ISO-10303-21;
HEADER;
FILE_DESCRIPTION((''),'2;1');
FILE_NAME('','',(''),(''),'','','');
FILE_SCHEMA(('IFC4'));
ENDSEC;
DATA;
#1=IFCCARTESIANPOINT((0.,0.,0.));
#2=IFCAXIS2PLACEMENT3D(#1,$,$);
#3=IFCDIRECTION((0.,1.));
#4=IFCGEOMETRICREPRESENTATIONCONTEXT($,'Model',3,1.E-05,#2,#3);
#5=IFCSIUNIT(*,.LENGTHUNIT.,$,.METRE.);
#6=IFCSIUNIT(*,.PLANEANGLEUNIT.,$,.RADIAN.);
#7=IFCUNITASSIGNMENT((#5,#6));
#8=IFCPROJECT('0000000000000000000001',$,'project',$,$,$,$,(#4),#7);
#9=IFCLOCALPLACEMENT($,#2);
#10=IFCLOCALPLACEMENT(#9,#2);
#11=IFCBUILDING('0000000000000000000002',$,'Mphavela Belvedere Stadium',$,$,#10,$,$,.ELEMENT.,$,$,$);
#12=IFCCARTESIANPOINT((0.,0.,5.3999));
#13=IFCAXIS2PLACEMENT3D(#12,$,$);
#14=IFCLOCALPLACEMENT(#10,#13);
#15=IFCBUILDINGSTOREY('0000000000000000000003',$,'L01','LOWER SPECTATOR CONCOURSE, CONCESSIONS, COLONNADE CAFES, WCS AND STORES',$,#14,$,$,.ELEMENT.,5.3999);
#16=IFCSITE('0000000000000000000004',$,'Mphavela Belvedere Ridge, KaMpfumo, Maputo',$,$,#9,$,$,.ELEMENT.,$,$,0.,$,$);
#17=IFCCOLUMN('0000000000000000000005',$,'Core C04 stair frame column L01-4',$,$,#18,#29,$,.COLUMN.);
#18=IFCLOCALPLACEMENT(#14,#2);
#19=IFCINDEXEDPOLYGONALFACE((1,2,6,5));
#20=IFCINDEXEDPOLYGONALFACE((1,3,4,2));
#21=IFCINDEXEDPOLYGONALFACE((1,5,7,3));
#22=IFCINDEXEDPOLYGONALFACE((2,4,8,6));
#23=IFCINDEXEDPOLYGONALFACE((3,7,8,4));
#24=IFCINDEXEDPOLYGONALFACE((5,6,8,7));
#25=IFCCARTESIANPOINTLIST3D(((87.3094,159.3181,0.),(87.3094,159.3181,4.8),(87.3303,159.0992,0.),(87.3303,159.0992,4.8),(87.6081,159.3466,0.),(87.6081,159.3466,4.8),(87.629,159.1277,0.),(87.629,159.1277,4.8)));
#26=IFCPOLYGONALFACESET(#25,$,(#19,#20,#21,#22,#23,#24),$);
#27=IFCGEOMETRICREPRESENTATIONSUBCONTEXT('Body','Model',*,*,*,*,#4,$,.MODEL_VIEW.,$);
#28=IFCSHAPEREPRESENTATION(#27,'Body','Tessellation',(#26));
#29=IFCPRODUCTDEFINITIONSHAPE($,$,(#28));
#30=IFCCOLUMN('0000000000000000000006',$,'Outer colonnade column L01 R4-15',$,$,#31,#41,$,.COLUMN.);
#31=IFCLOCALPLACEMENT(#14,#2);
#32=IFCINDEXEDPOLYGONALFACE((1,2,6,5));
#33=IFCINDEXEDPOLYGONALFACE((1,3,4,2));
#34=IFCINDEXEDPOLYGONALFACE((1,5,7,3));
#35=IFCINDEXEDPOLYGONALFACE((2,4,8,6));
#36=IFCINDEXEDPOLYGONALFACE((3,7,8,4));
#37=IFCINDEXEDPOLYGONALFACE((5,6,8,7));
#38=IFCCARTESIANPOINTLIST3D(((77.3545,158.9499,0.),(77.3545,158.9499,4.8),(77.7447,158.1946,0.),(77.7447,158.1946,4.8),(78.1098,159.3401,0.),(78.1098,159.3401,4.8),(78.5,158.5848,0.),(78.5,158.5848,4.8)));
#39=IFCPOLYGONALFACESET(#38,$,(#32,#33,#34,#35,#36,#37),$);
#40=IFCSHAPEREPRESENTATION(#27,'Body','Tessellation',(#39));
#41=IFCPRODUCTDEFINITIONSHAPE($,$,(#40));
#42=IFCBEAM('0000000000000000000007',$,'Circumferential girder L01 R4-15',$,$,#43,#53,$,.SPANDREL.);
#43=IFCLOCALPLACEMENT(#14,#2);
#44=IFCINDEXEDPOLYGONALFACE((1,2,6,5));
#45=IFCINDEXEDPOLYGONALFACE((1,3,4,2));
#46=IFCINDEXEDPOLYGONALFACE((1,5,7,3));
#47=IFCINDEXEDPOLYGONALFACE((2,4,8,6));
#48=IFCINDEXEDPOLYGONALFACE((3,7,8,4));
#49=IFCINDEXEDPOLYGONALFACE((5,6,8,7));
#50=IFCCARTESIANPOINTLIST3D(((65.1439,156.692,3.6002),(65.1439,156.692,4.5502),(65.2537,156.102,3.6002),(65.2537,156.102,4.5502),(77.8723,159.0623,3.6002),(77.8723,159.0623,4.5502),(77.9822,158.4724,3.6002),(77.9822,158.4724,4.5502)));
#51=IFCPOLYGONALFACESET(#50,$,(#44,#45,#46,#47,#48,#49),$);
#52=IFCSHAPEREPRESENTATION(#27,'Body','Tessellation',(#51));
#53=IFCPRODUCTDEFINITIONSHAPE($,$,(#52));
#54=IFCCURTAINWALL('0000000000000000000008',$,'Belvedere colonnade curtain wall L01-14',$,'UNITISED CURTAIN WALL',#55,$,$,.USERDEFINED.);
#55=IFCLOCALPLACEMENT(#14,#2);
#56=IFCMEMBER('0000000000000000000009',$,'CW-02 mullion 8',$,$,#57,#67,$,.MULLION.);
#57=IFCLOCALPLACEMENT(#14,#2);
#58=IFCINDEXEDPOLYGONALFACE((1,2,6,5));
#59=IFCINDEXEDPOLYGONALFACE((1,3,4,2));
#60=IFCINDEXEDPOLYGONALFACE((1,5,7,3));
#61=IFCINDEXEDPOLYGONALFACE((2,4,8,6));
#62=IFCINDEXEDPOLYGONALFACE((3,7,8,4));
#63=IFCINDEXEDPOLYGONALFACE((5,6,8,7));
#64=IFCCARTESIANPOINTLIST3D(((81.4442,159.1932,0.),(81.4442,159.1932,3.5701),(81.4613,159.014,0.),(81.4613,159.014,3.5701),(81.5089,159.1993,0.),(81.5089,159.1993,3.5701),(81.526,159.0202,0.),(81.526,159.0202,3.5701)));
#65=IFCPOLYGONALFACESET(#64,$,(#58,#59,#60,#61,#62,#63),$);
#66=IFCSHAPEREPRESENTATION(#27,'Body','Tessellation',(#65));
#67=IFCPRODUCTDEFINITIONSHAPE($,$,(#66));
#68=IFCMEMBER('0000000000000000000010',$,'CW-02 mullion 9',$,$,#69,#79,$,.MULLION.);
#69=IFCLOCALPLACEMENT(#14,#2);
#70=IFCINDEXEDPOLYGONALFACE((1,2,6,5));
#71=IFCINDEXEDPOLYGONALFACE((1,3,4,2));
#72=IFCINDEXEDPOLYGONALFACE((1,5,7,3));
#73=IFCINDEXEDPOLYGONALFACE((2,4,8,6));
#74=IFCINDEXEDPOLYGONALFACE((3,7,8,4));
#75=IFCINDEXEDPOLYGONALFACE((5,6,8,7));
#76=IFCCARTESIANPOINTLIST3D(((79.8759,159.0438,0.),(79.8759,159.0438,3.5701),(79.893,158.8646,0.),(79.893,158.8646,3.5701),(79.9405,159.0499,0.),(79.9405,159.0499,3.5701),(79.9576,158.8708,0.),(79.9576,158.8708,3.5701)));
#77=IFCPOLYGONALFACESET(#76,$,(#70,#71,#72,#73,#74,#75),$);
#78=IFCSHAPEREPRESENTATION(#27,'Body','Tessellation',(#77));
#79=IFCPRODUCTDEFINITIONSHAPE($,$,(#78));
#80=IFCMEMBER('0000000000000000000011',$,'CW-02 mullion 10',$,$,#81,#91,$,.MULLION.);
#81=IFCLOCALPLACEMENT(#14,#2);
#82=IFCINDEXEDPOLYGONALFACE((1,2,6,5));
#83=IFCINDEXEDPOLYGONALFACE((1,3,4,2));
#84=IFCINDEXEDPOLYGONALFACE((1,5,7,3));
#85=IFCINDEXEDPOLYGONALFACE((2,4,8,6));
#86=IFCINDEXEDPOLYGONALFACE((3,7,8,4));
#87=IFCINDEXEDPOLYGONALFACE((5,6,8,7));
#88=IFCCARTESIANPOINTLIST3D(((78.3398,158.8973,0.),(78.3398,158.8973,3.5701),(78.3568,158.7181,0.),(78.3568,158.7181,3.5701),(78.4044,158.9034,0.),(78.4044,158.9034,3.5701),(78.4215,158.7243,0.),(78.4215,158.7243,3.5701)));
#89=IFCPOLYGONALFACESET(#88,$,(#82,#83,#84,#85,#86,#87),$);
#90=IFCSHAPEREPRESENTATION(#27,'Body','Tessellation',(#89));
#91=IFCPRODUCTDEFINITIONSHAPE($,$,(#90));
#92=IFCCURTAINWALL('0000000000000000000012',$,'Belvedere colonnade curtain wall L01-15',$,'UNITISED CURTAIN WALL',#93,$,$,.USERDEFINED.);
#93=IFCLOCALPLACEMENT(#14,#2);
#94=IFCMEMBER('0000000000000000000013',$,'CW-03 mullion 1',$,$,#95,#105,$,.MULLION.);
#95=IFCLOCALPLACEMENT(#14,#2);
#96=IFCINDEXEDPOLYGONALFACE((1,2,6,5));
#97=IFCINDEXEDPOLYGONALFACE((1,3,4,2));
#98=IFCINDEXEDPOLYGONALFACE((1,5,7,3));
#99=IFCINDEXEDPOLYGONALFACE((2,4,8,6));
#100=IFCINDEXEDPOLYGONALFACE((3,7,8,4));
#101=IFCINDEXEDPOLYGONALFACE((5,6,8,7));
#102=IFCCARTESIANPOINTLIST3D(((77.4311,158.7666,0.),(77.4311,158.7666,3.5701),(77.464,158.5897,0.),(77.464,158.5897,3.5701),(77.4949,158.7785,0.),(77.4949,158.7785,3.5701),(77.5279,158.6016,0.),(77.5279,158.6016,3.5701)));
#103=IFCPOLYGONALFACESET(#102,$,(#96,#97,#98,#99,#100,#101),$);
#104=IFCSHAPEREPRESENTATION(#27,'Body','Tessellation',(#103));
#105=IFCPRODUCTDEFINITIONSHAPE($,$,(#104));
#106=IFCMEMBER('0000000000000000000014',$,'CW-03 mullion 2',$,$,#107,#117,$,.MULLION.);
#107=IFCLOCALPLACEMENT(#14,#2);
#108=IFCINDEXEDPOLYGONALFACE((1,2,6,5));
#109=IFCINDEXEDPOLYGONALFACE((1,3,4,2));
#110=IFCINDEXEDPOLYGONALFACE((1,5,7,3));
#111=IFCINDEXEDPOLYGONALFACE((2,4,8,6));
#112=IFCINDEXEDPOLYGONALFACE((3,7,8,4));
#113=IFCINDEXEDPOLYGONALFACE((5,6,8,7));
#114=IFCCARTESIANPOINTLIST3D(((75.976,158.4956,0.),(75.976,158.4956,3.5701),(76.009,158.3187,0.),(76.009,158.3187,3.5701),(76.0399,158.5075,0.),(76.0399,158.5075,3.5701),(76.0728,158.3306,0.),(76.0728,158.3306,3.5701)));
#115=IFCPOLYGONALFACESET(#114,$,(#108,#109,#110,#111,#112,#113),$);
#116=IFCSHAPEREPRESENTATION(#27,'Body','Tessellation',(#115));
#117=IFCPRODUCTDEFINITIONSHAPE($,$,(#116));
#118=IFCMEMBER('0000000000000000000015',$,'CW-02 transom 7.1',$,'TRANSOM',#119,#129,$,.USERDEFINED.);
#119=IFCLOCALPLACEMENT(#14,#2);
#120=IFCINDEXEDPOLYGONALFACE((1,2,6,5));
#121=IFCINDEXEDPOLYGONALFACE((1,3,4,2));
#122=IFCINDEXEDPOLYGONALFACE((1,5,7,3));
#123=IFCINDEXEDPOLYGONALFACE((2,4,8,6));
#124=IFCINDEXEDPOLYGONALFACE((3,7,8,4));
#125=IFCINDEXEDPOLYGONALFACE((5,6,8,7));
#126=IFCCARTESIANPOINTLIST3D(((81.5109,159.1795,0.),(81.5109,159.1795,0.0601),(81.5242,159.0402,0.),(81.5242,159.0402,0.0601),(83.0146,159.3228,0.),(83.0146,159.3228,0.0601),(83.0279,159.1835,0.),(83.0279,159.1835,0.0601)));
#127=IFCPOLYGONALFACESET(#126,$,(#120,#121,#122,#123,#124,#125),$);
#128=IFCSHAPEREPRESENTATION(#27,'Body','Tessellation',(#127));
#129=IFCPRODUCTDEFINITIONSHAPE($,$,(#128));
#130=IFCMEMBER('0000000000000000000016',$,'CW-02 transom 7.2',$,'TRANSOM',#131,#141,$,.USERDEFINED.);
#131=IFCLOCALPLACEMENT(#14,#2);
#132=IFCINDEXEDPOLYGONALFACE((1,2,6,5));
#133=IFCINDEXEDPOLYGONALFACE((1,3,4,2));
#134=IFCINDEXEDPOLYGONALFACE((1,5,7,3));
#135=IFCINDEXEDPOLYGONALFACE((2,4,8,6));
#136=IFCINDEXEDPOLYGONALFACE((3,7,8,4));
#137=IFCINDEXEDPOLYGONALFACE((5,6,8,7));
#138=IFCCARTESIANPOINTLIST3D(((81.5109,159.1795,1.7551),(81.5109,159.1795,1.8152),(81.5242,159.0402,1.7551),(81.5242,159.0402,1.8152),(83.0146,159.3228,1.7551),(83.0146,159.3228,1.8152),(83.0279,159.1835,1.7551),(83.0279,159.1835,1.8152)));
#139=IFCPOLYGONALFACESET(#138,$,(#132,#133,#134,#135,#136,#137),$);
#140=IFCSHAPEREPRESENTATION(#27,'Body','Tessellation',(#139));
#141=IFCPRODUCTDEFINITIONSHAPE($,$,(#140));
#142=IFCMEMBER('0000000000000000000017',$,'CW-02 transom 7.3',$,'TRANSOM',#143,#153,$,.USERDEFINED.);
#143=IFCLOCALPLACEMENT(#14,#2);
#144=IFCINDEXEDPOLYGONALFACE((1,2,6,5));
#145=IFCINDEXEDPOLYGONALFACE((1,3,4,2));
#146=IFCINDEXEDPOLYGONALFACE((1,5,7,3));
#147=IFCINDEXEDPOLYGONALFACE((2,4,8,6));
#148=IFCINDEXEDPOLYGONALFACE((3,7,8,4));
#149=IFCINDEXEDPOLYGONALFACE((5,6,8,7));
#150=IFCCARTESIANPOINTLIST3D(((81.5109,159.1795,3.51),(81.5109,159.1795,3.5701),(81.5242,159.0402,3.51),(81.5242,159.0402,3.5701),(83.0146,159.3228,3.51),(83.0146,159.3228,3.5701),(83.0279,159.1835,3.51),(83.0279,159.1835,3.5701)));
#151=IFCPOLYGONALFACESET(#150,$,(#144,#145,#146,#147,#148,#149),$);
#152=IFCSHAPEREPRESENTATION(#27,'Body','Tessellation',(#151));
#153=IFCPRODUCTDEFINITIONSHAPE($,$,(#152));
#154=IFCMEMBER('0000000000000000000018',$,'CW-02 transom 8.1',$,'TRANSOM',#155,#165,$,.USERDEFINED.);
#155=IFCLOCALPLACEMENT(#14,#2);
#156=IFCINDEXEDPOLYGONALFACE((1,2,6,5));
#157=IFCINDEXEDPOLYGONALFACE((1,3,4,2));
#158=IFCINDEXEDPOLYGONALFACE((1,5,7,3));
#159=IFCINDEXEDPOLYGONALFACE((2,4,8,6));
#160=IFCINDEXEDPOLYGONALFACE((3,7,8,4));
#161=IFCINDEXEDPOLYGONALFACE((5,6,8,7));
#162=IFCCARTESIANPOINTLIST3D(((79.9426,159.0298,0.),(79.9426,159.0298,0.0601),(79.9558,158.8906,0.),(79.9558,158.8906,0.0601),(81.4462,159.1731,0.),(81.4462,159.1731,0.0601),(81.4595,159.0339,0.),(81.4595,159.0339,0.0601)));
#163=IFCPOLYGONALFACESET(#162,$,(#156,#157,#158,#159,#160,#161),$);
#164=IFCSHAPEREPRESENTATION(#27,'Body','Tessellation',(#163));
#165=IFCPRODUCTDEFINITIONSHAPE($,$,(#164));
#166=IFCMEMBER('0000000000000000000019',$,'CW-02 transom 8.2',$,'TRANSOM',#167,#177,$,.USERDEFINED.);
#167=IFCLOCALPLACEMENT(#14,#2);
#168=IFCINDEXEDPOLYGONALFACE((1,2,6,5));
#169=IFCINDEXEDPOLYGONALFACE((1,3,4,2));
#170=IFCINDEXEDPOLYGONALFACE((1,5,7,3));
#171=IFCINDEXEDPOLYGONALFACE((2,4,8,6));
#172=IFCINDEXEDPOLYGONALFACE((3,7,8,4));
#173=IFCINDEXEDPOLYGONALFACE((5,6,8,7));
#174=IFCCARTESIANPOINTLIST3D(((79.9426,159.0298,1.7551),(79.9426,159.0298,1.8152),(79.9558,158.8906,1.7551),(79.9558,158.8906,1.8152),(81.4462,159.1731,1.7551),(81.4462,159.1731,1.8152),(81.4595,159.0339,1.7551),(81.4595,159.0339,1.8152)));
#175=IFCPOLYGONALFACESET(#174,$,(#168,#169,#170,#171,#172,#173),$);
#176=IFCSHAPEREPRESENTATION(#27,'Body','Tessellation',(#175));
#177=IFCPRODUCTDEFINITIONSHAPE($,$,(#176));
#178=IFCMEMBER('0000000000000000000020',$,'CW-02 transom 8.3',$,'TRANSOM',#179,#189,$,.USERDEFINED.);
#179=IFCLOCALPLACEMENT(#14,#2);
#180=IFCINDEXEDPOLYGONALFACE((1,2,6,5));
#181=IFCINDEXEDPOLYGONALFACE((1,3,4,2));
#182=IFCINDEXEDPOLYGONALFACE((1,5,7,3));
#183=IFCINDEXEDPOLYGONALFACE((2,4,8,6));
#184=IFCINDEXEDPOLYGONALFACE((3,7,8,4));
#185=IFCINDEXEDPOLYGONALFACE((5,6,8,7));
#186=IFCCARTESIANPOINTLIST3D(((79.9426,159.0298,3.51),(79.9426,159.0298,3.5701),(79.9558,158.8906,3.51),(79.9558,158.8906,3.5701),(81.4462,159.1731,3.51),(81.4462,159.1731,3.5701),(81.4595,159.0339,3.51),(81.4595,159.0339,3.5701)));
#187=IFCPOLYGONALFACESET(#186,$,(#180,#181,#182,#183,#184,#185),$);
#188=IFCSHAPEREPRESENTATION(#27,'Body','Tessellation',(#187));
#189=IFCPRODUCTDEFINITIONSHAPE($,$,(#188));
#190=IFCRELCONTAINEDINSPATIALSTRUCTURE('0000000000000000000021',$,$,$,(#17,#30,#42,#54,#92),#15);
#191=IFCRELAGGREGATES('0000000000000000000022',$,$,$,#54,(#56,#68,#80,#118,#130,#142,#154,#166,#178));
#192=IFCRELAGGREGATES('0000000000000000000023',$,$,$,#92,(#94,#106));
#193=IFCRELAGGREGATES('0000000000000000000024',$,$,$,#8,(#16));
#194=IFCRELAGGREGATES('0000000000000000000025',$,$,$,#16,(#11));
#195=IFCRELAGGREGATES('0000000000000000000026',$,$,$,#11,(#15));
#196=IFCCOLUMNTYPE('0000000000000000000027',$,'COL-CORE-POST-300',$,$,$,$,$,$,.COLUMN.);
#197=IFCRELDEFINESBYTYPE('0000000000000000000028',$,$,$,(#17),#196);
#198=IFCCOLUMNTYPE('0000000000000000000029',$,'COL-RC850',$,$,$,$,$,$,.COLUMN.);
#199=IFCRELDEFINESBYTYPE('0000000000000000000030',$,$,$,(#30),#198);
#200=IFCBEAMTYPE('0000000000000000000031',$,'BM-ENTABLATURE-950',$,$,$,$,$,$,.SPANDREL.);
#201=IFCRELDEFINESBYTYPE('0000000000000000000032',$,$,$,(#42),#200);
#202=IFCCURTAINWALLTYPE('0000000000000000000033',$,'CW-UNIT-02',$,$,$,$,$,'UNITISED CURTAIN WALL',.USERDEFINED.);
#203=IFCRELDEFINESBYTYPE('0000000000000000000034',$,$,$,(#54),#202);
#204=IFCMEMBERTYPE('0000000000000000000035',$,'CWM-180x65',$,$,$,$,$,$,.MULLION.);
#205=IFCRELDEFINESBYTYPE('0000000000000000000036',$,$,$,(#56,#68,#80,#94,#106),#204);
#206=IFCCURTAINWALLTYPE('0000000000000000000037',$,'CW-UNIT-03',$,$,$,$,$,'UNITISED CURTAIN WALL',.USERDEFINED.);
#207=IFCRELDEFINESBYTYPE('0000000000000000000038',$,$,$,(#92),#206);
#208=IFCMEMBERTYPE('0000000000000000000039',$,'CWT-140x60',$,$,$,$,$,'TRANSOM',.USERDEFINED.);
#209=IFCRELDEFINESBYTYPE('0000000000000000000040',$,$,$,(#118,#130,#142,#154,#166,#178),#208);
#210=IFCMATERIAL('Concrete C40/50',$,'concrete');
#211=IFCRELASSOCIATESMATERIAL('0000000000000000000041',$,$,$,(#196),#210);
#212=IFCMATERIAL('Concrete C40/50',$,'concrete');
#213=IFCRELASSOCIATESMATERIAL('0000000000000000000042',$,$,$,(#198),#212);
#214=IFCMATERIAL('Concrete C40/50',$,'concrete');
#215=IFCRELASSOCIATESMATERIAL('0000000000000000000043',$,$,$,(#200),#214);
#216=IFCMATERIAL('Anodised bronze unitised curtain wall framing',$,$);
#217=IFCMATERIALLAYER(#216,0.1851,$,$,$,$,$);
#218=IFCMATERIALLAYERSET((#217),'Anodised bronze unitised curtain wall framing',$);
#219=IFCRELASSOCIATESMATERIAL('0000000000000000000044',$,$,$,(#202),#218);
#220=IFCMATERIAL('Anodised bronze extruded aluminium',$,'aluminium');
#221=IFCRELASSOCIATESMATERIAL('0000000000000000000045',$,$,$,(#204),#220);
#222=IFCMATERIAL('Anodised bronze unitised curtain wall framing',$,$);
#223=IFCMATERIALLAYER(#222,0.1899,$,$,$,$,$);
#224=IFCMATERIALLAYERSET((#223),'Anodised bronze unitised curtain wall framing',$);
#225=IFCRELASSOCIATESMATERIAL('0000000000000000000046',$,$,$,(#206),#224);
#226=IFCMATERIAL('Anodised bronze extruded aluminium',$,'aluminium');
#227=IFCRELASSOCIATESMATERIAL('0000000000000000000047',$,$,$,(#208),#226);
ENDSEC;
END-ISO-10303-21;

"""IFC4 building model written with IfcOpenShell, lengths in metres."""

from ifc_helpers import new_model, si_unit, direction, frame, origin, origin_2d, place, context, subcontext, project, spatial, rectangle, extrude, material, layer, layer_set, material_profile, profile_set, type_object, element, aggregate, save


model = new_model("IFC4")

# Units and contexts
model_context = context("Model", 3, precision=1e-05, world=origin(), true_north=direction((0.0, 1.0)))
body_context = subcontext(model_context, "Body", "Model", "MODEL_VIEW")
ifc_project = project(units=[si_unit("LENGTHUNIT", "METRE"), si_unit("PLANEANGLEUNIT", "RADIAN")], contexts=[model_context])

# Site, building, storey
site_placement = place(None, origin())
site = spatial("IfcSite", under=ifc_project, at=site_placement, Name="Mphavela Belvedere Ridge, KaMpfumo, Maputo", CompositionType="ELEMENT", RefElevation=0.0)
building_placement = place(site_placement, origin())
building = spatial("IfcBuilding", under=site, at=building_placement, Name="Mphavela Belvedere Stadium", CompositionType="ELEMENT")
storey_placement = place(building_placement, frame((0.0, 0.0, 5.3999)))
storey = spatial("IfcBuildingStorey", under=building, at=storey_placement, Name="L01", Description="LOWER SPECTATOR CONCOURSE, CONCESSIONS, COLONNADE CAFES, WCS AND STORES", CompositionType="ELEMENT", Elevation=5.3999)

# Columns
ifc_material_1 = material(Name="Concrete C40/50", Category="concrete")
ifc_material_profile_1 = material_profile(ifc_material_1, rectangle(XDim=0.3, YDim=0.22, at=origin_2d()), Name="RC 300x220")
ifc_profile_set_1 = profile_set([ifc_material_profile_1], Name="Concrete C40/50")
column_type_1 = type_object("IfcColumnType", Name="COL-CORE-POST-300", PredefinedType="COLUMN", material=ifc_profile_set_1)
column_1_placement = place(storey_placement, frame((87.4692, 159.2229, 0.0), z_axis=(0.0, 0.0, 1.0), x_axis=(0.995479, 0.094977, 0.0)))
element("IfcColumn", 1, at=column_1_placement, inside=storey, type_object=column_type_1, Name="Core C04 stair frame column L01-4", PredefinedType="COLUMN", context=body_context, shape_type="SweptSolid", body=[
    extrude(rectangle(XDim=0.3, YDim=0.22, at=origin_2d()), origin(), (0.0, 0.0, 1.0), 4.8),
])
ifc_material_2 = material(Name="Concrete C40/50", Category="concrete")
ifc_material_profile_2 = material_profile(ifc_material_2, rectangle(XDim=0.8501, YDim=0.8501, at=origin_2d()), Name="RC 850x850")
ifc_profile_set_2 = profile_set([ifc_material_profile_2], Name="Concrete C40/50")
column_type_2 = type_object("IfcColumnType", Name="COL-RC850", PredefinedType="COLUMN", material=ifc_profile_set_2)
column_2_placement = place(storey_placement, frame((77.9272, 158.7673, 0.0), z_axis=(0.0, 0.0, 1.0), x_axis=(-0.45896, 0.888457, 0.0)))
element("IfcColumn", 2, at=column_2_placement, inside=storey, type_object=column_type_2, Name="Outer colonnade column L01 R4-15", PredefinedType="COLUMN", context=body_context, shape_type="SweptSolid", body=[
    extrude(rectangle(XDim=0.8501, YDim=0.8501, at=origin_2d()), origin(), (0.0, 0.0, 1.0), 4.8),
])

# Beam
ifc_material_3 = material(Name="Concrete C40/50", Category="concrete")
ifc_material_profile_3 = material_profile(ifc_material_3, rectangle(XDim=0.6001, YDim=0.95, at=origin_2d()), Name="RC 600x950")
ifc_profile_set_3 = profile_set([ifc_material_profile_3], Name="Concrete C40/50")
beam_type = type_object("IfcBeamType", Name="BM-ENTABLATURE-950", PredefinedType="SPANDREL", material=ifc_profile_set_3)
beam_placement = place(storey_placement, frame((77.9272, 158.7673, 4.0752), z_axis=(-0.983099, -0.183077, 0.0), x_axis=(0.183077, -0.983099, 0.0)))
element("IfcBeam", 3, at=beam_placement, inside=storey, type_object=beam_type, Name="Circumferential girder L01 R4-15", PredefinedType="SPANDREL", context=body_context, shape_type="SweptSolid", body=[
    extrude(rectangle(XDim=0.6001, YDim=0.95, at=origin_2d()), origin(), (0.0, 0.0, 1.0), 12.9473),
])

# Curtain walls, members
ifc_material_4 = material(Name="Anodised bronze unitised curtain wall framing")
ifc_layer_1 = layer(ifc_material_4, 0.1851)
ifc_layer_set_1 = layer_set([ifc_layer_1], Name="Anodised bronze unitised curtain wall framing")
curtain_wall_type_1 = type_object("IfcCurtainWallType", Name="CW-UNIT-02", ElementType="UNITISED CURTAIN WALL", PredefinedType="USERDEFINED", material=ifc_layer_set_1)
curtain_wall_1_placement = place(storey_placement, origin())
curtain_wall_1 = element("IfcCurtainWall", 4, at=curtain_wall_1_placement, inside=storey, type_object=curtain_wall_type_1, Name="Belvedere colonnade curtain wall L01-14", ObjectType="UNITISED CURTAIN WALL", PredefinedType="USERDEFINED")
ifc_material_5 = material(Name="Anodised bronze extruded aluminium", Category="aluminium")
ifc_material_profile_4 = material_profile(ifc_material_5, rectangle(XDim=0.1799, YDim=0.0649, at=origin_2d()), Name="CW-MUL 180x65")
ifc_profile_set_4 = profile_set([ifc_material_profile_4], Name="Anodised bronze extruded aluminium")
member_type_1 = type_object("IfcMemberType", Name="CWM-180x65", PredefinedType="MULLION", material=ifc_profile_set_4)
member_1_placement = place(storey_placement, frame((81.4851, 159.1067, 0.0), z_axis=(0.0, 0.0, 1.0), x_axis=(0.094922, -0.995485, 0.0)))
member_1 = element("IfcMember", 5, at=member_1_placement, type_object=member_type_1, Name="CW-02 mullion 8", PredefinedType="MULLION", context=body_context, shape_type="SweptSolid", body=[
    extrude(rectangle(XDim=0.1799, YDim=0.0649, at=origin_2d()), origin(), (0.0, 0.0, 1.0), 3.5701),
])
member_2_placement = place(storey_placement, frame((79.9167, 158.9573, 0.0), z_axis=(0.0, 0.0, 1.0), x_axis=(0.094922, -0.995485, 0.0)))
member_2 = element("IfcMember", 6, at=member_2_placement, type_object=member_type_1, Name="CW-02 mullion 9", PredefinedType="MULLION", context=body_context, shape_type="SweptSolid", body=[
    extrude(rectangle(XDim=0.1799, YDim=0.0649, at=origin_2d()), origin(), (0.0, 0.0, 1.0), 3.5701),
])
member_3_placement = place(storey_placement, frame((78.3806, 158.8108, 0.0), z_axis=(0.0, 0.0, 1.0), x_axis=(0.094922, -0.995485, 0.0)))
member_3 = element("IfcMember", 7, at=member_3_placement, type_object=member_type_1, Name="CW-02 mullion 10", PredefinedType="MULLION", context=body_context, shape_type="SweptSolid", body=[
    extrude(rectangle(XDim=0.1799, YDim=0.0649, at=origin_2d()), origin(), (0.0, 0.0, 1.0), 3.5701),
])
ifc_material_6 = material(Name="Anodised bronze unitised curtain wall framing")
ifc_layer_2 = layer(ifc_material_6, 0.1899)
ifc_layer_set_2 = layer_set([ifc_layer_2], Name="Anodised bronze unitised curtain wall framing")
curtain_wall_type_2 = type_object("IfcCurtainWallType", Name="CW-UNIT-03", ElementType="UNITISED CURTAIN WALL", PredefinedType="USERDEFINED", material=ifc_layer_set_2)
curtain_wall_2_placement = place(storey_placement, origin())
curtain_wall_2 = element("IfcCurtainWall", 8, at=curtain_wall_2_placement, inside=storey, type_object=curtain_wall_type_2, Name="Belvedere colonnade curtain wall L01-15", ObjectType="UNITISED CURTAIN WALL", PredefinedType="USERDEFINED")
member_4_placement = place(storey_placement, frame((77.4795, 158.6841, 0.0), z_axis=(0.0, 0.0, 1.0), x_axis=(0.183095, -0.983095, 0.0)))
member_4 = element("IfcMember", 9, at=member_4_placement, type_object=member_type_1, Name="CW-03 mullion 1", PredefinedType="MULLION", context=body_context, shape_type="SweptSolid", body=[
    extrude(rectangle(XDim=0.1799, YDim=0.0649, at=origin_2d()), origin(), (0.0, 0.0, 1.0), 3.5701),
])
member_5_placement = place(storey_placement, frame((76.0244, 158.4131, 0.0), z_axis=(0.0, 0.0, 1.0), x_axis=(0.183095, -0.983095, 0.0)))
member_5 = element("IfcMember", 10, at=member_5_placement, type_object=member_type_1, Name="CW-03 mullion 2", PredefinedType="MULLION", context=body_context, shape_type="SweptSolid", body=[
    extrude(rectangle(XDim=0.1799, YDim=0.0649, at=origin_2d()), origin(), (0.0, 0.0, 1.0), 3.5701),
])

# Members
ifc_material_7 = material(Name="Anodised bronze extruded aluminium", Category="aluminium")
ifc_material_profile_5 = material_profile(ifc_material_7, rectangle(XDim=0.1399, YDim=0.0601, at=origin_2d()), Name="CW-TRN 140x60")
ifc_profile_set_5 = profile_set([ifc_material_profile_5], Name="Anodised bronze extruded aluminium")
member_type_2 = type_object("IfcMemberType", Name="CWT-140x60", ElementType="TRANSOM", PredefinedType="USERDEFINED", material=ifc_profile_set_5)
member_6_placement = place(storey_placement, frame((83.0212, 159.2532, 0.03), z_axis=(-0.995489, -0.094878, 0.0), x_axis=(0.094878, -0.995489, 0.0)))
member_6 = element("IfcMember", 11, at=member_6_placement, type_object=member_type_2, Name="CW-02 transom 7.1", ObjectType="TRANSOM", PredefinedType="USERDEFINED", context=body_context, shape_type="SweptSolid", body=[
    extrude(rectangle(XDim=0.1399, YDim=0.0601, at=origin_2d()), origin(), (0.0, 0.0, 1.0), 1.5105),
])
member_7_placement = place(storey_placement, frame((83.0212, 159.2532, 1.7852), z_axis=(-0.995489, -0.094878, 0.0), x_axis=(0.094878, -0.995489, 0.0)))
member_7 = element("IfcMember", 12, at=member_7_placement, type_object=member_type_2, Name="CW-02 transom 7.2", ObjectType="TRANSOM", PredefinedType="USERDEFINED", context=body_context, shape_type="SweptSolid", body=[
    extrude(rectangle(XDim=0.1399, YDim=0.0601, at=origin_2d()), origin(), (0.0, 0.0, 1.0), 1.5105),
])
member_8_placement = place(storey_placement, frame((83.0212, 159.2532, 3.54), z_axis=(-0.995489, -0.094878, 0.0), x_axis=(0.094878, -0.995489, 0.0)))
member_8 = element("IfcMember", 13, at=member_8_placement, type_object=member_type_2, Name="CW-02 transom 7.3", ObjectType="TRANSOM", PredefinedType="USERDEFINED", context=body_context, shape_type="SweptSolid", body=[
    extrude(rectangle(XDim=0.1399, YDim=0.0601, at=origin_2d()), origin(), (0.0, 0.0, 1.0), 1.5105),
])
member_9_placement = place(storey_placement, frame((81.4529, 159.1035, 0.03), z_axis=(-0.995489, -0.094878, 0.0), x_axis=(0.094878, -0.995489, 0.0)))
member_9 = element("IfcMember", 14, at=member_9_placement, type_object=member_type_2, Name="CW-02 transom 8.1", ObjectType="TRANSOM", PredefinedType="USERDEFINED", context=body_context, shape_type="SweptSolid", body=[
    extrude(rectangle(XDim=0.1399, YDim=0.0601, at=origin_2d()), origin(), (0.0, 0.0, 1.0), 1.5105),
])
member_10_placement = place(storey_placement, frame((81.4529, 159.1035, 1.7852), z_axis=(-0.995489, -0.094878, 0.0), x_axis=(0.094878, -0.995489, 0.0)))
member_10 = element("IfcMember", 15, at=member_10_placement, type_object=member_type_2, Name="CW-02 transom 8.2", ObjectType="TRANSOM", PredefinedType="USERDEFINED", context=body_context, shape_type="SweptSolid", body=[
    extrude(rectangle(XDim=0.1399, YDim=0.0601, at=origin_2d()), origin(), (0.0, 0.0, 1.0), 1.5105),
])
member_11_placement = place(storey_placement, frame((81.4529, 159.1035, 3.54), z_axis=(-0.995489, -0.094878, 0.0), x_axis=(0.094878, -0.995489, 0.0)))
member_11 = element("IfcMember", 16, at=member_11_placement, type_object=member_type_2, Name="CW-02 transom 8.3", ObjectType="TRANSOM", PredefinedType="USERDEFINED", context=body_context, shape_type="SweptSolid", body=[
    extrude(rectangle(XDim=0.1399, YDim=0.0601, at=origin_2d()), origin(), (0.0, 0.0, 1.0), 1.5105),
])

aggregate(curtain_wall_1, [member_1, member_2, member_3, member_6, member_7, member_8, member_9, member_10, member_11])
aggregate(curtain_wall_2, [member_4, member_5])

save(model, "model.ifc")
